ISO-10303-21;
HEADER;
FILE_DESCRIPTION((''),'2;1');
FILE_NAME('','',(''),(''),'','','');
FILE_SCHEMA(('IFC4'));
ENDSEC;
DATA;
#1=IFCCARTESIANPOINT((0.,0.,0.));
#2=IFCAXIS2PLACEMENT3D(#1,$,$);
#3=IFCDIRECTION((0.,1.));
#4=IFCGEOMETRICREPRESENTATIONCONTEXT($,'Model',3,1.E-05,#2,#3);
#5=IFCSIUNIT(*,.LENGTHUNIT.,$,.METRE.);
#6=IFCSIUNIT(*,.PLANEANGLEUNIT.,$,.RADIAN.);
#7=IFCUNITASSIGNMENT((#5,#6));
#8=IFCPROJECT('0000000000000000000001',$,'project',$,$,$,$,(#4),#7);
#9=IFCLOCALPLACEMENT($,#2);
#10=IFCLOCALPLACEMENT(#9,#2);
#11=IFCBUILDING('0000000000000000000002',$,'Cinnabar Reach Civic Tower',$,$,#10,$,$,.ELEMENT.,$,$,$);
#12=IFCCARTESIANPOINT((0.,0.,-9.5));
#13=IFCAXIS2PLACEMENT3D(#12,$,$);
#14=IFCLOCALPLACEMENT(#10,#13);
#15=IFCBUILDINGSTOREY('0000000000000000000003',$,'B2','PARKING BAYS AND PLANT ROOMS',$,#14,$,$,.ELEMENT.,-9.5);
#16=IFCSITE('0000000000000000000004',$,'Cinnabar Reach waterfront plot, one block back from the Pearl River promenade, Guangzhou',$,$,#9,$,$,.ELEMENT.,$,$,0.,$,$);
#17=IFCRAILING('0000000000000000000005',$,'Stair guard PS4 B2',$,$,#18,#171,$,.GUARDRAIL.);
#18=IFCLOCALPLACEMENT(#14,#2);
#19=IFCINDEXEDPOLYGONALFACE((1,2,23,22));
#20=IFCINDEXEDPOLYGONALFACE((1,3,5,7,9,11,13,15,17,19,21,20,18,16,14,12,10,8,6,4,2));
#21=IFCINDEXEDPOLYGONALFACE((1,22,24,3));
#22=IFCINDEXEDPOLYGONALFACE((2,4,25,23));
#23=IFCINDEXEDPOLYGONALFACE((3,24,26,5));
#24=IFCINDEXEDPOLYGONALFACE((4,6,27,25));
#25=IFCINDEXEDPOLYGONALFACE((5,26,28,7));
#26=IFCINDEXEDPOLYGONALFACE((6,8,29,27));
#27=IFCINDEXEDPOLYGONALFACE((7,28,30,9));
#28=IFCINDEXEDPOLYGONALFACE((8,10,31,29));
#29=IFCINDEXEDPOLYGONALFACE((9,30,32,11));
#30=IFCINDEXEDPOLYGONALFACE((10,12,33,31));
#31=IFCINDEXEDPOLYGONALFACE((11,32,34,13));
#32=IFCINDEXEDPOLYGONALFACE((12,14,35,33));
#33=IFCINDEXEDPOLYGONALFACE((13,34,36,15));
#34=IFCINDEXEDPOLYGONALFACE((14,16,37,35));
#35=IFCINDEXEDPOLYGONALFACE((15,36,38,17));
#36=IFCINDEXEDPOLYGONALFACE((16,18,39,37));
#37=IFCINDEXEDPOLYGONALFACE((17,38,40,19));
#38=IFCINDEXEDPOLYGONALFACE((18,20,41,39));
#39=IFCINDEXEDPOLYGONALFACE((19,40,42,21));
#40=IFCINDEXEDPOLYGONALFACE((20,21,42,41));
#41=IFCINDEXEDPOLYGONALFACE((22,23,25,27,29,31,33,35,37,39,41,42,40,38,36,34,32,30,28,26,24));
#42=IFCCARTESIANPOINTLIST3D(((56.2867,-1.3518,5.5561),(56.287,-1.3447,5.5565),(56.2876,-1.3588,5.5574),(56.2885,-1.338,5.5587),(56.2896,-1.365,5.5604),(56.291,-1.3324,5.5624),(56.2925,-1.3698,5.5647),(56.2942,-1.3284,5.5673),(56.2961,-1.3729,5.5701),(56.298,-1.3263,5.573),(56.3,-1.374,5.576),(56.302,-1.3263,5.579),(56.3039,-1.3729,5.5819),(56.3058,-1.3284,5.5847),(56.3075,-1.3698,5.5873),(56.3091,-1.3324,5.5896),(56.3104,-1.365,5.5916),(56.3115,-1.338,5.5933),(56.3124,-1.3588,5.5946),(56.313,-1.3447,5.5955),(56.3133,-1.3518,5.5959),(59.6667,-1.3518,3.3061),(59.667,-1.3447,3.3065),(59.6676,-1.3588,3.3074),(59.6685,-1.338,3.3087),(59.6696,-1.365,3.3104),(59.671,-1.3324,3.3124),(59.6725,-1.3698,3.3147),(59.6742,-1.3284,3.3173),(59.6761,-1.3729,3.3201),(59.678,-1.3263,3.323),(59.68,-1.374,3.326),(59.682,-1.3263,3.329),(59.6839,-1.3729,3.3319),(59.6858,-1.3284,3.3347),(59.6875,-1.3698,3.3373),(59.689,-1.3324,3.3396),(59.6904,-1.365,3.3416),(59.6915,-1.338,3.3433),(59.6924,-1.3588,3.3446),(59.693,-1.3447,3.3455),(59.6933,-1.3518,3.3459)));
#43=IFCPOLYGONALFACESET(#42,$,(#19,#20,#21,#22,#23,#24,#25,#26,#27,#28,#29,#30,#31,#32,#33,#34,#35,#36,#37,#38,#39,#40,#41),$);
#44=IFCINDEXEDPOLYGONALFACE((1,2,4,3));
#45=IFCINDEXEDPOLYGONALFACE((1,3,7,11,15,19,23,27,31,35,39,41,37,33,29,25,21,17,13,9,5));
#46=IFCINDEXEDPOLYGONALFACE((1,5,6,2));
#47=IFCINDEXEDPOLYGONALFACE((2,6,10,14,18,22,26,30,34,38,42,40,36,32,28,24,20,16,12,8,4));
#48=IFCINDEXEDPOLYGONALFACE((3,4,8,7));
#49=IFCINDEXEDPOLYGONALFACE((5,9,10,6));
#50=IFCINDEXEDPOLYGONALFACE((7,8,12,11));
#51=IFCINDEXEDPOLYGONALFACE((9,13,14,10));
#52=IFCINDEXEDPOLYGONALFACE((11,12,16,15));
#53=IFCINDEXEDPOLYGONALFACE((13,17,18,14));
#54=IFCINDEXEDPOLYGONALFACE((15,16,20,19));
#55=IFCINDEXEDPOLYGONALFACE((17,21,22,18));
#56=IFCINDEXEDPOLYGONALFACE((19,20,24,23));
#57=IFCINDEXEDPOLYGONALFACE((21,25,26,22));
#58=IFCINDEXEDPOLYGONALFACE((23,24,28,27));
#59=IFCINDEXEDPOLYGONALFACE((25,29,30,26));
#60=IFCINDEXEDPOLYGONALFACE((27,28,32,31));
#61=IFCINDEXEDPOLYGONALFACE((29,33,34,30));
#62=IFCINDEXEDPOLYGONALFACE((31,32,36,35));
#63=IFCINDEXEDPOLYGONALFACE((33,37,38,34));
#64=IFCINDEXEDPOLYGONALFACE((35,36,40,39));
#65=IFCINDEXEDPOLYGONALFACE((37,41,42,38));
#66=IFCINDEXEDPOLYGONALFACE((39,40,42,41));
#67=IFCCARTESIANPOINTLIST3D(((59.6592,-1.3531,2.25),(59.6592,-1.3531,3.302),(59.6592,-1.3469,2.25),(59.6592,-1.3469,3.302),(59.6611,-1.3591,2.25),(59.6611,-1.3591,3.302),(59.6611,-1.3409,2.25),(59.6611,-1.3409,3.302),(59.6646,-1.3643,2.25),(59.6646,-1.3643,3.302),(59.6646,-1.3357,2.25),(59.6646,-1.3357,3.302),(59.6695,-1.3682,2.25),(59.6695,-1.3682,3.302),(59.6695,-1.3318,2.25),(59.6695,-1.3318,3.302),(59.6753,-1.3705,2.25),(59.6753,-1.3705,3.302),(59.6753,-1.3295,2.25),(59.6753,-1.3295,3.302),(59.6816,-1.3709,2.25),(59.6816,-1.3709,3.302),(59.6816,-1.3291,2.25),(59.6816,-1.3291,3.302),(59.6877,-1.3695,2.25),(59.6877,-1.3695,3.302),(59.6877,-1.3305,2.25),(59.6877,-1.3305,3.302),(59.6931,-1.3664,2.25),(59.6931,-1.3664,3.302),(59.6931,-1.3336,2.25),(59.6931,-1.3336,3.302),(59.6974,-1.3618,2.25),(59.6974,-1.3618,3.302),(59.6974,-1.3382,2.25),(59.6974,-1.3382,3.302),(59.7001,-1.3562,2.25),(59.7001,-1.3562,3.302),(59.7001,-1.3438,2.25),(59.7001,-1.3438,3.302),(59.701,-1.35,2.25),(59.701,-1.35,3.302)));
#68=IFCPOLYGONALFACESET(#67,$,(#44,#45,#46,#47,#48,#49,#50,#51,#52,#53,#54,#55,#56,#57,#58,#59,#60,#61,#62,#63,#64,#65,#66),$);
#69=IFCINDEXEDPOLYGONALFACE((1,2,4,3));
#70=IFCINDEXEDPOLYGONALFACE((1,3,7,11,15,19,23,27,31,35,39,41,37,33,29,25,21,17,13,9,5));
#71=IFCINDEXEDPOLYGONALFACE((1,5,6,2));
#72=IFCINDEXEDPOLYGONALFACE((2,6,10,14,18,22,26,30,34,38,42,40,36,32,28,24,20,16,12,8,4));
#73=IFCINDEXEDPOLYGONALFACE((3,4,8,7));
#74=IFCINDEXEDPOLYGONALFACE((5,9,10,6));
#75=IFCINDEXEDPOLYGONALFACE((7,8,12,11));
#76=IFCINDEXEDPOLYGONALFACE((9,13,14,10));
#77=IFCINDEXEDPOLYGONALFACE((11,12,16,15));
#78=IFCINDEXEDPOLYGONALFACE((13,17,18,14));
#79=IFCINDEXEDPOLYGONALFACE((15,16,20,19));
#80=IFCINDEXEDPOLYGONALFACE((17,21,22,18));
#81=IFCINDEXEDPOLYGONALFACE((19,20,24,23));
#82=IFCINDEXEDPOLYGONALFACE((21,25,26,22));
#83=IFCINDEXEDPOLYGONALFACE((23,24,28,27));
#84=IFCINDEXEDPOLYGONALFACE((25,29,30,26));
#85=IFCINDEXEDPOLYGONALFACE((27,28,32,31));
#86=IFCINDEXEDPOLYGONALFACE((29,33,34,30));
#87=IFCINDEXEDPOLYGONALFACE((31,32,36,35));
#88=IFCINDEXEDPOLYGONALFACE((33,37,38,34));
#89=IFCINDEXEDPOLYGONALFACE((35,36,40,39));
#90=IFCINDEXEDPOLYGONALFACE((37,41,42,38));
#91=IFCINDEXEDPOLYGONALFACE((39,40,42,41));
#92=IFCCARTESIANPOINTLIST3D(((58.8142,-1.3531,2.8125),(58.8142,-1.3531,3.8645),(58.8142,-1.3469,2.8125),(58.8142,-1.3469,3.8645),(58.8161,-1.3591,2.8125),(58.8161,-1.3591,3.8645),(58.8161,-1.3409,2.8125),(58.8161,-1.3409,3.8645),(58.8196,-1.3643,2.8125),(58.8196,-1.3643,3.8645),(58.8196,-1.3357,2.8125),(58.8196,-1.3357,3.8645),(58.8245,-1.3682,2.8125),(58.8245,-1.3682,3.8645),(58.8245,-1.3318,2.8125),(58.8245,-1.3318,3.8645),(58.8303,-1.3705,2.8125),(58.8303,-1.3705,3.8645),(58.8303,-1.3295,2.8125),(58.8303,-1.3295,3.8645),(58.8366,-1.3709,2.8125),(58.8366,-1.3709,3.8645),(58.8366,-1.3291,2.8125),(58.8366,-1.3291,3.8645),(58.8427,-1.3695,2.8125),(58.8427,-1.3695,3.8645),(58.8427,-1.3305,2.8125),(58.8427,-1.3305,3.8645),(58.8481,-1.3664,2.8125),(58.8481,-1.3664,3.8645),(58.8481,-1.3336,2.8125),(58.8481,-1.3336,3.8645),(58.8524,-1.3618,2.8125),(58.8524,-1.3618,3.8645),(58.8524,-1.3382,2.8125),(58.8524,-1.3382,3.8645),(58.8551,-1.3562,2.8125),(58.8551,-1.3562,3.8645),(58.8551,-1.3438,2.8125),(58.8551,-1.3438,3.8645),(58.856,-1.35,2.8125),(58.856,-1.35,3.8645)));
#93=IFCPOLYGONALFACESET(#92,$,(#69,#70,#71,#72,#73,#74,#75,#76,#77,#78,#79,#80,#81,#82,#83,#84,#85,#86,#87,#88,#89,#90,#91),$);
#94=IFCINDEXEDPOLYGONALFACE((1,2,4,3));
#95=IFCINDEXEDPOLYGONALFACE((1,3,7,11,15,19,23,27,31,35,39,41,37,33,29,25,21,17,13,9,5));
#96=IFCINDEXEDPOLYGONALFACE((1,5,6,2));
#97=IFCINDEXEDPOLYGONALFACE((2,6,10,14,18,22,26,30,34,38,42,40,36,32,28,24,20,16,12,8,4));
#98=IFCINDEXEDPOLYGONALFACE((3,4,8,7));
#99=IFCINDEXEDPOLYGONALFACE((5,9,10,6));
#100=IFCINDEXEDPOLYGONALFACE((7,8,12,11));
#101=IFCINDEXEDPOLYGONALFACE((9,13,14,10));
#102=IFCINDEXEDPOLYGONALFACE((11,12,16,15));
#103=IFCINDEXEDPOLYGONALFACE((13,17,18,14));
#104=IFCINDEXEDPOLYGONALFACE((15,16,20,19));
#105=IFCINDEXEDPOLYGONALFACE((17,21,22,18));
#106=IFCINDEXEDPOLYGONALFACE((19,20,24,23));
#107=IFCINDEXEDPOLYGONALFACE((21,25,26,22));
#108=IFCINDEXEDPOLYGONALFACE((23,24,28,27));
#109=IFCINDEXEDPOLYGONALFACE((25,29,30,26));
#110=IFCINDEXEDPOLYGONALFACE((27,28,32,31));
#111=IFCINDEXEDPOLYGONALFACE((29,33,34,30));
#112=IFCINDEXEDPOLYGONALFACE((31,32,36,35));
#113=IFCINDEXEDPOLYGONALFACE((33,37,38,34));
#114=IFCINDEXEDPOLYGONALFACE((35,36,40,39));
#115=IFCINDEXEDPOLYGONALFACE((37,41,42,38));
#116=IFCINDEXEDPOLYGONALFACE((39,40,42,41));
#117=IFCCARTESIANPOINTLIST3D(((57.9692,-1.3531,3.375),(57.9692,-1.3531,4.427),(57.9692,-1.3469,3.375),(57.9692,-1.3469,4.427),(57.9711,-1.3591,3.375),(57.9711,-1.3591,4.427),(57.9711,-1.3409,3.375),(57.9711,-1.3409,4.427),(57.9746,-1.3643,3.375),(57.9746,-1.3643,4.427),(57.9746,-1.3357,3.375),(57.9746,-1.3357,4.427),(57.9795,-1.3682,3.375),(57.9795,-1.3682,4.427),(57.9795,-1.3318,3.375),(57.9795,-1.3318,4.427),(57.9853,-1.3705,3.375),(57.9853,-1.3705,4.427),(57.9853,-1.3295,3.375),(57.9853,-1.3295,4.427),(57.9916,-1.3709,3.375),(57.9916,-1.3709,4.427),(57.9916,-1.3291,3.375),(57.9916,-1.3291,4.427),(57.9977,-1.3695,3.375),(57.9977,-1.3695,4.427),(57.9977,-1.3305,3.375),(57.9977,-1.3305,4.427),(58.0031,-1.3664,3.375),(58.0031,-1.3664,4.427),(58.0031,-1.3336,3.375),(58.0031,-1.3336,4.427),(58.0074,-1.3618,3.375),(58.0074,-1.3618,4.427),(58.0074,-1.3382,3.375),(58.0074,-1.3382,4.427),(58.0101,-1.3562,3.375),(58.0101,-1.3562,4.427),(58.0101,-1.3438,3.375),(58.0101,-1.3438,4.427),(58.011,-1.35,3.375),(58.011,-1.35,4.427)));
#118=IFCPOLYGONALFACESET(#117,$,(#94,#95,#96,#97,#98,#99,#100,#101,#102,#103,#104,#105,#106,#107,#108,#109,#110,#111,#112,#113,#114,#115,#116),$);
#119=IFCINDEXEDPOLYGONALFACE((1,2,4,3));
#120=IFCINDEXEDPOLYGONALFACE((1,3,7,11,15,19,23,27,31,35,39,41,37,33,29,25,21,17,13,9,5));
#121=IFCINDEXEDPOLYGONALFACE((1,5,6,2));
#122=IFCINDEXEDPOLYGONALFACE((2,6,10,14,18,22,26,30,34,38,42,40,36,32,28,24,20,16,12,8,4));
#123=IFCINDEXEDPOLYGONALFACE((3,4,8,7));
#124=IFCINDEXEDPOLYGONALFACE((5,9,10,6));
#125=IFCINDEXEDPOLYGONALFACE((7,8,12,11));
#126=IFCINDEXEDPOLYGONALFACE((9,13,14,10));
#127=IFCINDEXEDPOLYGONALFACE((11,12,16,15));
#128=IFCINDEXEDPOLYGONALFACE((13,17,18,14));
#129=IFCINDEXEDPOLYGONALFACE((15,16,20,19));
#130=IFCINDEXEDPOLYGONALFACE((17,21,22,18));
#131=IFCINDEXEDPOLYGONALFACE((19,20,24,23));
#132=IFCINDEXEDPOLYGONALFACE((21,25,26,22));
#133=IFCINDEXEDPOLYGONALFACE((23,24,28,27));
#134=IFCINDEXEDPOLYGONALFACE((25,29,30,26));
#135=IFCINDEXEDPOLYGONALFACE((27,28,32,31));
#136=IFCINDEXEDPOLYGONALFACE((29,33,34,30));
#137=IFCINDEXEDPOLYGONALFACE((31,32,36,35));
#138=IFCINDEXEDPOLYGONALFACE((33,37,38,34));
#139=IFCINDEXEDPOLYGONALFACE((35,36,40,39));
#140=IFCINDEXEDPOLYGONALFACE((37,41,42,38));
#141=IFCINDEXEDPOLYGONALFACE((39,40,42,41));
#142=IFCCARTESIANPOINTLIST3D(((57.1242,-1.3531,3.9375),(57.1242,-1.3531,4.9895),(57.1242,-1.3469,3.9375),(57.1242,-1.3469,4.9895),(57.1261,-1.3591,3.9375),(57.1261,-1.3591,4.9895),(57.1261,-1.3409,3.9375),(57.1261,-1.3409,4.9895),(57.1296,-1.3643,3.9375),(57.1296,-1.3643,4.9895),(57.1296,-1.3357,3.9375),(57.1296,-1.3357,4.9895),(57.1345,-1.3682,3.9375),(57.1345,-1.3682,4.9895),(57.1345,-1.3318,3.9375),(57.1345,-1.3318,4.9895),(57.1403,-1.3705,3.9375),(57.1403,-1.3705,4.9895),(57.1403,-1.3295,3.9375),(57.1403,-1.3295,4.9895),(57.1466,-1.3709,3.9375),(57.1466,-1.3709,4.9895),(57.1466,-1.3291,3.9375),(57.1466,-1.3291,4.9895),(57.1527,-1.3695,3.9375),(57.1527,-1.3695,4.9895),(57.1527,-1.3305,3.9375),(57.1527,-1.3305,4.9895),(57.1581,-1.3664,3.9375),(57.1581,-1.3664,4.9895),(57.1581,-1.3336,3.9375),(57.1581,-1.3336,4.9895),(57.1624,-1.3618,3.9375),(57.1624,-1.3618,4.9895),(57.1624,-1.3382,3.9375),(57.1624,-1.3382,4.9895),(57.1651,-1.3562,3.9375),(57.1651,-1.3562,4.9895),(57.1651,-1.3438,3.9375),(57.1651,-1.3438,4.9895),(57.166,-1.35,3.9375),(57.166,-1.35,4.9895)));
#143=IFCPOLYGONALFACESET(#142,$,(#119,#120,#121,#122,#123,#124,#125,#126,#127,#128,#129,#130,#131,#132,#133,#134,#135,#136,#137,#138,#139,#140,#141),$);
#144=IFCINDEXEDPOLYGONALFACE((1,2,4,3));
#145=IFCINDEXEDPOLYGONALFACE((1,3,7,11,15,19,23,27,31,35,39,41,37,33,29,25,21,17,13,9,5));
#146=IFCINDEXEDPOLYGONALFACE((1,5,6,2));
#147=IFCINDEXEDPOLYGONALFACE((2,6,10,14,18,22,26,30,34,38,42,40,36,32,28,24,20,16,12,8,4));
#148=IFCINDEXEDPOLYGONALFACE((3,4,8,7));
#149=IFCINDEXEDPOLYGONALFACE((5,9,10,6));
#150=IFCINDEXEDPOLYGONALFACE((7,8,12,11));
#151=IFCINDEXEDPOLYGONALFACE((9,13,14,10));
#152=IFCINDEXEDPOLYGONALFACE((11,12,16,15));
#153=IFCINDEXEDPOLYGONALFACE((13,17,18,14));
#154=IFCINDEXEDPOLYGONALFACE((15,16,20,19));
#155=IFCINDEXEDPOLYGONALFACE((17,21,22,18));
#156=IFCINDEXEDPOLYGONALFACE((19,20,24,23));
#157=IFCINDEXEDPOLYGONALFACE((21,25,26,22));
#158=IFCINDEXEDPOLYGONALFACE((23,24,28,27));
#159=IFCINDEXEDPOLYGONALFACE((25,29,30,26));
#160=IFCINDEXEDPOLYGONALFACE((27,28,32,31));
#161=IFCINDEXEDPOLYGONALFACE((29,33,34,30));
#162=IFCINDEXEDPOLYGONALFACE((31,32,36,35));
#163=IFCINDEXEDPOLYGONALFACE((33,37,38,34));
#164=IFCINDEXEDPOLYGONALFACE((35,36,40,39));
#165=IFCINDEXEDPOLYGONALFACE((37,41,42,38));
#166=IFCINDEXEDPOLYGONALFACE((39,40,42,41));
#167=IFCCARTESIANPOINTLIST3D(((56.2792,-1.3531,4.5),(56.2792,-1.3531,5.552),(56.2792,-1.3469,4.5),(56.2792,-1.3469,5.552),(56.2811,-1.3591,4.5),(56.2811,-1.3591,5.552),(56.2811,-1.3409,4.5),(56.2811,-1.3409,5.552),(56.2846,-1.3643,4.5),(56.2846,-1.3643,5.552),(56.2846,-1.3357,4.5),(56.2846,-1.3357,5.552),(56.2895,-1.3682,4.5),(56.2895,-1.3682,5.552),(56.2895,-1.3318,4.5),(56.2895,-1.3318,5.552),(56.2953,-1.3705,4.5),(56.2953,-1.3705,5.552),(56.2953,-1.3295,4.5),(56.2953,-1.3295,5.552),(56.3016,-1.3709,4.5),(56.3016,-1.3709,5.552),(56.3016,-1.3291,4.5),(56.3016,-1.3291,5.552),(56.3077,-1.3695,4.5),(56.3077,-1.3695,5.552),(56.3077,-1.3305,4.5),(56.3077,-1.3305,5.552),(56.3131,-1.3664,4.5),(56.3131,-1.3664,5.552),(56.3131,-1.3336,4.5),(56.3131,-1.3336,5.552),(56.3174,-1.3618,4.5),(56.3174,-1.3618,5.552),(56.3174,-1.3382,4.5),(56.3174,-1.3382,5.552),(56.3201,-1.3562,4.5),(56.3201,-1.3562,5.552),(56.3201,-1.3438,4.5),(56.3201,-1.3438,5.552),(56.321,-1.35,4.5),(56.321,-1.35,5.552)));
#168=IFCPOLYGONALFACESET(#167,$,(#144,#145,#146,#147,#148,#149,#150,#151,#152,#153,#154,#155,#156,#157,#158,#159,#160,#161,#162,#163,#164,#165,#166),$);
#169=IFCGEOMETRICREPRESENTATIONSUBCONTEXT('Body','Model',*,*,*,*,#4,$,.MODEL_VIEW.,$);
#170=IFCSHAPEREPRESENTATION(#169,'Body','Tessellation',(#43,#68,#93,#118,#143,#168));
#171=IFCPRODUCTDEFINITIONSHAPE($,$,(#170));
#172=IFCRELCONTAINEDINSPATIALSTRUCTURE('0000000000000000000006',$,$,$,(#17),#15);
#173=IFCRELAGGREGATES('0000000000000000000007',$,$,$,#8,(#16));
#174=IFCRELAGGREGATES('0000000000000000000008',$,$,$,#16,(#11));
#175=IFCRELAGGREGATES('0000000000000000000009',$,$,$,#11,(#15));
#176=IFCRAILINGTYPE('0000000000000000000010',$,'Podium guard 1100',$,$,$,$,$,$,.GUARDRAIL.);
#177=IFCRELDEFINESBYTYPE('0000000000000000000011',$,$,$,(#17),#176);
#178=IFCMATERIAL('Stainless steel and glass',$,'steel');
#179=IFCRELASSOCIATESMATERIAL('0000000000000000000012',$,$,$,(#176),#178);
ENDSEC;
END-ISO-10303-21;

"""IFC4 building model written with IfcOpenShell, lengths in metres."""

from ifc_helpers import new_model, si_unit, direction, frame, origin, origin_2d, place, context, subcontext, project, spatial, circle, extrude, material, type_object, element, save


model = new_model("IFC4")

# Units and contexts
model_context = context("Model", 3, precision=1e-05, world=origin(), true_north=direction((0.0, 1.0)))
body_context = subcontext(model_context, "Body", "Model", "MODEL_VIEW")
ifc_project = project(units=[si_unit("LENGTHUNIT", "METRE"), si_unit("PLANEANGLEUNIT", "RADIAN")], contexts=[model_context])

# Site, building, storey
site_placement = place(None, origin())
site = spatial("IfcSite", under=ifc_project, at=site_placement, Name="Cinnabar Reach waterfront plot, one block back from the Pearl River promenade, Guangzhou", CompositionType="ELEMENT", RefElevation=0.0)
building_placement = place(site_placement, origin())
building = spatial("IfcBuilding", under=site, at=building_placement, Name="Cinnabar Reach Civic Tower", CompositionType="ELEMENT")
storey_placement = place(building_placement, frame((0.0, 0.0, -9.5)))
storey = spatial("IfcBuildingStorey", under=building, at=storey_placement, Name="B2", Description="PARKING BAYS AND PLANT ROOMS", CompositionType="ELEMENT", Elevation=-9.5)

# Railing
ifc_material_1 = material(Name="Stainless steel and glass", Category="steel")
railing_type_1 = type_object("IfcRailingType", Name="Podium guard 1100", PredefinedType="GUARDRAIL", material=ifc_material_1)
railing_1_placement = place(storey_placement, frame((59.68, -1.35, 2.25)))
element("IfcRailing", 1, at=railing_1_placement, inside=storey, type_object=railing_type_1, Name="Stair guard PS4 B2", PredefinedType="GUARDRAIL", context=body_context, shape_type="SweptSolid", body=[
    extrude(circle(Radius=0.024, at=origin_2d()), frame((0.0, 0.0, 1.076), z_axis=(-0.832429, 0.0, 0.554132), x_axis=(0.0, -1.0, 0.0)), (0.0, 0.0, 1.0), 4.0604),
    extrude(circle(Radius=0.021, at=origin_2d()), origin(), (0.0, 0.0, 1.0), 1.052),
    extrude(circle(Radius=0.021, at=origin_2d()), frame((-0.845, 0.0, 0.5625)), (0.0, 0.0, 1.0), 1.052),
    extrude(circle(Radius=0.021, at=origin_2d()), frame((-1.69, 0.0, 1.125)), (0.0, 0.0, 1.0), 1.052),
    extrude(circle(Radius=0.021, at=origin_2d()), frame((-2.535, 0.0, 1.6875)), (0.0, 0.0, 1.0), 1.052),
    extrude(circle(Radius=0.021, at=origin_2d()), frame((-3.38, 0.0, 2.25)), (0.0, 0.0, 1.0), 1.052),
])

save(model, "model.ifc")
